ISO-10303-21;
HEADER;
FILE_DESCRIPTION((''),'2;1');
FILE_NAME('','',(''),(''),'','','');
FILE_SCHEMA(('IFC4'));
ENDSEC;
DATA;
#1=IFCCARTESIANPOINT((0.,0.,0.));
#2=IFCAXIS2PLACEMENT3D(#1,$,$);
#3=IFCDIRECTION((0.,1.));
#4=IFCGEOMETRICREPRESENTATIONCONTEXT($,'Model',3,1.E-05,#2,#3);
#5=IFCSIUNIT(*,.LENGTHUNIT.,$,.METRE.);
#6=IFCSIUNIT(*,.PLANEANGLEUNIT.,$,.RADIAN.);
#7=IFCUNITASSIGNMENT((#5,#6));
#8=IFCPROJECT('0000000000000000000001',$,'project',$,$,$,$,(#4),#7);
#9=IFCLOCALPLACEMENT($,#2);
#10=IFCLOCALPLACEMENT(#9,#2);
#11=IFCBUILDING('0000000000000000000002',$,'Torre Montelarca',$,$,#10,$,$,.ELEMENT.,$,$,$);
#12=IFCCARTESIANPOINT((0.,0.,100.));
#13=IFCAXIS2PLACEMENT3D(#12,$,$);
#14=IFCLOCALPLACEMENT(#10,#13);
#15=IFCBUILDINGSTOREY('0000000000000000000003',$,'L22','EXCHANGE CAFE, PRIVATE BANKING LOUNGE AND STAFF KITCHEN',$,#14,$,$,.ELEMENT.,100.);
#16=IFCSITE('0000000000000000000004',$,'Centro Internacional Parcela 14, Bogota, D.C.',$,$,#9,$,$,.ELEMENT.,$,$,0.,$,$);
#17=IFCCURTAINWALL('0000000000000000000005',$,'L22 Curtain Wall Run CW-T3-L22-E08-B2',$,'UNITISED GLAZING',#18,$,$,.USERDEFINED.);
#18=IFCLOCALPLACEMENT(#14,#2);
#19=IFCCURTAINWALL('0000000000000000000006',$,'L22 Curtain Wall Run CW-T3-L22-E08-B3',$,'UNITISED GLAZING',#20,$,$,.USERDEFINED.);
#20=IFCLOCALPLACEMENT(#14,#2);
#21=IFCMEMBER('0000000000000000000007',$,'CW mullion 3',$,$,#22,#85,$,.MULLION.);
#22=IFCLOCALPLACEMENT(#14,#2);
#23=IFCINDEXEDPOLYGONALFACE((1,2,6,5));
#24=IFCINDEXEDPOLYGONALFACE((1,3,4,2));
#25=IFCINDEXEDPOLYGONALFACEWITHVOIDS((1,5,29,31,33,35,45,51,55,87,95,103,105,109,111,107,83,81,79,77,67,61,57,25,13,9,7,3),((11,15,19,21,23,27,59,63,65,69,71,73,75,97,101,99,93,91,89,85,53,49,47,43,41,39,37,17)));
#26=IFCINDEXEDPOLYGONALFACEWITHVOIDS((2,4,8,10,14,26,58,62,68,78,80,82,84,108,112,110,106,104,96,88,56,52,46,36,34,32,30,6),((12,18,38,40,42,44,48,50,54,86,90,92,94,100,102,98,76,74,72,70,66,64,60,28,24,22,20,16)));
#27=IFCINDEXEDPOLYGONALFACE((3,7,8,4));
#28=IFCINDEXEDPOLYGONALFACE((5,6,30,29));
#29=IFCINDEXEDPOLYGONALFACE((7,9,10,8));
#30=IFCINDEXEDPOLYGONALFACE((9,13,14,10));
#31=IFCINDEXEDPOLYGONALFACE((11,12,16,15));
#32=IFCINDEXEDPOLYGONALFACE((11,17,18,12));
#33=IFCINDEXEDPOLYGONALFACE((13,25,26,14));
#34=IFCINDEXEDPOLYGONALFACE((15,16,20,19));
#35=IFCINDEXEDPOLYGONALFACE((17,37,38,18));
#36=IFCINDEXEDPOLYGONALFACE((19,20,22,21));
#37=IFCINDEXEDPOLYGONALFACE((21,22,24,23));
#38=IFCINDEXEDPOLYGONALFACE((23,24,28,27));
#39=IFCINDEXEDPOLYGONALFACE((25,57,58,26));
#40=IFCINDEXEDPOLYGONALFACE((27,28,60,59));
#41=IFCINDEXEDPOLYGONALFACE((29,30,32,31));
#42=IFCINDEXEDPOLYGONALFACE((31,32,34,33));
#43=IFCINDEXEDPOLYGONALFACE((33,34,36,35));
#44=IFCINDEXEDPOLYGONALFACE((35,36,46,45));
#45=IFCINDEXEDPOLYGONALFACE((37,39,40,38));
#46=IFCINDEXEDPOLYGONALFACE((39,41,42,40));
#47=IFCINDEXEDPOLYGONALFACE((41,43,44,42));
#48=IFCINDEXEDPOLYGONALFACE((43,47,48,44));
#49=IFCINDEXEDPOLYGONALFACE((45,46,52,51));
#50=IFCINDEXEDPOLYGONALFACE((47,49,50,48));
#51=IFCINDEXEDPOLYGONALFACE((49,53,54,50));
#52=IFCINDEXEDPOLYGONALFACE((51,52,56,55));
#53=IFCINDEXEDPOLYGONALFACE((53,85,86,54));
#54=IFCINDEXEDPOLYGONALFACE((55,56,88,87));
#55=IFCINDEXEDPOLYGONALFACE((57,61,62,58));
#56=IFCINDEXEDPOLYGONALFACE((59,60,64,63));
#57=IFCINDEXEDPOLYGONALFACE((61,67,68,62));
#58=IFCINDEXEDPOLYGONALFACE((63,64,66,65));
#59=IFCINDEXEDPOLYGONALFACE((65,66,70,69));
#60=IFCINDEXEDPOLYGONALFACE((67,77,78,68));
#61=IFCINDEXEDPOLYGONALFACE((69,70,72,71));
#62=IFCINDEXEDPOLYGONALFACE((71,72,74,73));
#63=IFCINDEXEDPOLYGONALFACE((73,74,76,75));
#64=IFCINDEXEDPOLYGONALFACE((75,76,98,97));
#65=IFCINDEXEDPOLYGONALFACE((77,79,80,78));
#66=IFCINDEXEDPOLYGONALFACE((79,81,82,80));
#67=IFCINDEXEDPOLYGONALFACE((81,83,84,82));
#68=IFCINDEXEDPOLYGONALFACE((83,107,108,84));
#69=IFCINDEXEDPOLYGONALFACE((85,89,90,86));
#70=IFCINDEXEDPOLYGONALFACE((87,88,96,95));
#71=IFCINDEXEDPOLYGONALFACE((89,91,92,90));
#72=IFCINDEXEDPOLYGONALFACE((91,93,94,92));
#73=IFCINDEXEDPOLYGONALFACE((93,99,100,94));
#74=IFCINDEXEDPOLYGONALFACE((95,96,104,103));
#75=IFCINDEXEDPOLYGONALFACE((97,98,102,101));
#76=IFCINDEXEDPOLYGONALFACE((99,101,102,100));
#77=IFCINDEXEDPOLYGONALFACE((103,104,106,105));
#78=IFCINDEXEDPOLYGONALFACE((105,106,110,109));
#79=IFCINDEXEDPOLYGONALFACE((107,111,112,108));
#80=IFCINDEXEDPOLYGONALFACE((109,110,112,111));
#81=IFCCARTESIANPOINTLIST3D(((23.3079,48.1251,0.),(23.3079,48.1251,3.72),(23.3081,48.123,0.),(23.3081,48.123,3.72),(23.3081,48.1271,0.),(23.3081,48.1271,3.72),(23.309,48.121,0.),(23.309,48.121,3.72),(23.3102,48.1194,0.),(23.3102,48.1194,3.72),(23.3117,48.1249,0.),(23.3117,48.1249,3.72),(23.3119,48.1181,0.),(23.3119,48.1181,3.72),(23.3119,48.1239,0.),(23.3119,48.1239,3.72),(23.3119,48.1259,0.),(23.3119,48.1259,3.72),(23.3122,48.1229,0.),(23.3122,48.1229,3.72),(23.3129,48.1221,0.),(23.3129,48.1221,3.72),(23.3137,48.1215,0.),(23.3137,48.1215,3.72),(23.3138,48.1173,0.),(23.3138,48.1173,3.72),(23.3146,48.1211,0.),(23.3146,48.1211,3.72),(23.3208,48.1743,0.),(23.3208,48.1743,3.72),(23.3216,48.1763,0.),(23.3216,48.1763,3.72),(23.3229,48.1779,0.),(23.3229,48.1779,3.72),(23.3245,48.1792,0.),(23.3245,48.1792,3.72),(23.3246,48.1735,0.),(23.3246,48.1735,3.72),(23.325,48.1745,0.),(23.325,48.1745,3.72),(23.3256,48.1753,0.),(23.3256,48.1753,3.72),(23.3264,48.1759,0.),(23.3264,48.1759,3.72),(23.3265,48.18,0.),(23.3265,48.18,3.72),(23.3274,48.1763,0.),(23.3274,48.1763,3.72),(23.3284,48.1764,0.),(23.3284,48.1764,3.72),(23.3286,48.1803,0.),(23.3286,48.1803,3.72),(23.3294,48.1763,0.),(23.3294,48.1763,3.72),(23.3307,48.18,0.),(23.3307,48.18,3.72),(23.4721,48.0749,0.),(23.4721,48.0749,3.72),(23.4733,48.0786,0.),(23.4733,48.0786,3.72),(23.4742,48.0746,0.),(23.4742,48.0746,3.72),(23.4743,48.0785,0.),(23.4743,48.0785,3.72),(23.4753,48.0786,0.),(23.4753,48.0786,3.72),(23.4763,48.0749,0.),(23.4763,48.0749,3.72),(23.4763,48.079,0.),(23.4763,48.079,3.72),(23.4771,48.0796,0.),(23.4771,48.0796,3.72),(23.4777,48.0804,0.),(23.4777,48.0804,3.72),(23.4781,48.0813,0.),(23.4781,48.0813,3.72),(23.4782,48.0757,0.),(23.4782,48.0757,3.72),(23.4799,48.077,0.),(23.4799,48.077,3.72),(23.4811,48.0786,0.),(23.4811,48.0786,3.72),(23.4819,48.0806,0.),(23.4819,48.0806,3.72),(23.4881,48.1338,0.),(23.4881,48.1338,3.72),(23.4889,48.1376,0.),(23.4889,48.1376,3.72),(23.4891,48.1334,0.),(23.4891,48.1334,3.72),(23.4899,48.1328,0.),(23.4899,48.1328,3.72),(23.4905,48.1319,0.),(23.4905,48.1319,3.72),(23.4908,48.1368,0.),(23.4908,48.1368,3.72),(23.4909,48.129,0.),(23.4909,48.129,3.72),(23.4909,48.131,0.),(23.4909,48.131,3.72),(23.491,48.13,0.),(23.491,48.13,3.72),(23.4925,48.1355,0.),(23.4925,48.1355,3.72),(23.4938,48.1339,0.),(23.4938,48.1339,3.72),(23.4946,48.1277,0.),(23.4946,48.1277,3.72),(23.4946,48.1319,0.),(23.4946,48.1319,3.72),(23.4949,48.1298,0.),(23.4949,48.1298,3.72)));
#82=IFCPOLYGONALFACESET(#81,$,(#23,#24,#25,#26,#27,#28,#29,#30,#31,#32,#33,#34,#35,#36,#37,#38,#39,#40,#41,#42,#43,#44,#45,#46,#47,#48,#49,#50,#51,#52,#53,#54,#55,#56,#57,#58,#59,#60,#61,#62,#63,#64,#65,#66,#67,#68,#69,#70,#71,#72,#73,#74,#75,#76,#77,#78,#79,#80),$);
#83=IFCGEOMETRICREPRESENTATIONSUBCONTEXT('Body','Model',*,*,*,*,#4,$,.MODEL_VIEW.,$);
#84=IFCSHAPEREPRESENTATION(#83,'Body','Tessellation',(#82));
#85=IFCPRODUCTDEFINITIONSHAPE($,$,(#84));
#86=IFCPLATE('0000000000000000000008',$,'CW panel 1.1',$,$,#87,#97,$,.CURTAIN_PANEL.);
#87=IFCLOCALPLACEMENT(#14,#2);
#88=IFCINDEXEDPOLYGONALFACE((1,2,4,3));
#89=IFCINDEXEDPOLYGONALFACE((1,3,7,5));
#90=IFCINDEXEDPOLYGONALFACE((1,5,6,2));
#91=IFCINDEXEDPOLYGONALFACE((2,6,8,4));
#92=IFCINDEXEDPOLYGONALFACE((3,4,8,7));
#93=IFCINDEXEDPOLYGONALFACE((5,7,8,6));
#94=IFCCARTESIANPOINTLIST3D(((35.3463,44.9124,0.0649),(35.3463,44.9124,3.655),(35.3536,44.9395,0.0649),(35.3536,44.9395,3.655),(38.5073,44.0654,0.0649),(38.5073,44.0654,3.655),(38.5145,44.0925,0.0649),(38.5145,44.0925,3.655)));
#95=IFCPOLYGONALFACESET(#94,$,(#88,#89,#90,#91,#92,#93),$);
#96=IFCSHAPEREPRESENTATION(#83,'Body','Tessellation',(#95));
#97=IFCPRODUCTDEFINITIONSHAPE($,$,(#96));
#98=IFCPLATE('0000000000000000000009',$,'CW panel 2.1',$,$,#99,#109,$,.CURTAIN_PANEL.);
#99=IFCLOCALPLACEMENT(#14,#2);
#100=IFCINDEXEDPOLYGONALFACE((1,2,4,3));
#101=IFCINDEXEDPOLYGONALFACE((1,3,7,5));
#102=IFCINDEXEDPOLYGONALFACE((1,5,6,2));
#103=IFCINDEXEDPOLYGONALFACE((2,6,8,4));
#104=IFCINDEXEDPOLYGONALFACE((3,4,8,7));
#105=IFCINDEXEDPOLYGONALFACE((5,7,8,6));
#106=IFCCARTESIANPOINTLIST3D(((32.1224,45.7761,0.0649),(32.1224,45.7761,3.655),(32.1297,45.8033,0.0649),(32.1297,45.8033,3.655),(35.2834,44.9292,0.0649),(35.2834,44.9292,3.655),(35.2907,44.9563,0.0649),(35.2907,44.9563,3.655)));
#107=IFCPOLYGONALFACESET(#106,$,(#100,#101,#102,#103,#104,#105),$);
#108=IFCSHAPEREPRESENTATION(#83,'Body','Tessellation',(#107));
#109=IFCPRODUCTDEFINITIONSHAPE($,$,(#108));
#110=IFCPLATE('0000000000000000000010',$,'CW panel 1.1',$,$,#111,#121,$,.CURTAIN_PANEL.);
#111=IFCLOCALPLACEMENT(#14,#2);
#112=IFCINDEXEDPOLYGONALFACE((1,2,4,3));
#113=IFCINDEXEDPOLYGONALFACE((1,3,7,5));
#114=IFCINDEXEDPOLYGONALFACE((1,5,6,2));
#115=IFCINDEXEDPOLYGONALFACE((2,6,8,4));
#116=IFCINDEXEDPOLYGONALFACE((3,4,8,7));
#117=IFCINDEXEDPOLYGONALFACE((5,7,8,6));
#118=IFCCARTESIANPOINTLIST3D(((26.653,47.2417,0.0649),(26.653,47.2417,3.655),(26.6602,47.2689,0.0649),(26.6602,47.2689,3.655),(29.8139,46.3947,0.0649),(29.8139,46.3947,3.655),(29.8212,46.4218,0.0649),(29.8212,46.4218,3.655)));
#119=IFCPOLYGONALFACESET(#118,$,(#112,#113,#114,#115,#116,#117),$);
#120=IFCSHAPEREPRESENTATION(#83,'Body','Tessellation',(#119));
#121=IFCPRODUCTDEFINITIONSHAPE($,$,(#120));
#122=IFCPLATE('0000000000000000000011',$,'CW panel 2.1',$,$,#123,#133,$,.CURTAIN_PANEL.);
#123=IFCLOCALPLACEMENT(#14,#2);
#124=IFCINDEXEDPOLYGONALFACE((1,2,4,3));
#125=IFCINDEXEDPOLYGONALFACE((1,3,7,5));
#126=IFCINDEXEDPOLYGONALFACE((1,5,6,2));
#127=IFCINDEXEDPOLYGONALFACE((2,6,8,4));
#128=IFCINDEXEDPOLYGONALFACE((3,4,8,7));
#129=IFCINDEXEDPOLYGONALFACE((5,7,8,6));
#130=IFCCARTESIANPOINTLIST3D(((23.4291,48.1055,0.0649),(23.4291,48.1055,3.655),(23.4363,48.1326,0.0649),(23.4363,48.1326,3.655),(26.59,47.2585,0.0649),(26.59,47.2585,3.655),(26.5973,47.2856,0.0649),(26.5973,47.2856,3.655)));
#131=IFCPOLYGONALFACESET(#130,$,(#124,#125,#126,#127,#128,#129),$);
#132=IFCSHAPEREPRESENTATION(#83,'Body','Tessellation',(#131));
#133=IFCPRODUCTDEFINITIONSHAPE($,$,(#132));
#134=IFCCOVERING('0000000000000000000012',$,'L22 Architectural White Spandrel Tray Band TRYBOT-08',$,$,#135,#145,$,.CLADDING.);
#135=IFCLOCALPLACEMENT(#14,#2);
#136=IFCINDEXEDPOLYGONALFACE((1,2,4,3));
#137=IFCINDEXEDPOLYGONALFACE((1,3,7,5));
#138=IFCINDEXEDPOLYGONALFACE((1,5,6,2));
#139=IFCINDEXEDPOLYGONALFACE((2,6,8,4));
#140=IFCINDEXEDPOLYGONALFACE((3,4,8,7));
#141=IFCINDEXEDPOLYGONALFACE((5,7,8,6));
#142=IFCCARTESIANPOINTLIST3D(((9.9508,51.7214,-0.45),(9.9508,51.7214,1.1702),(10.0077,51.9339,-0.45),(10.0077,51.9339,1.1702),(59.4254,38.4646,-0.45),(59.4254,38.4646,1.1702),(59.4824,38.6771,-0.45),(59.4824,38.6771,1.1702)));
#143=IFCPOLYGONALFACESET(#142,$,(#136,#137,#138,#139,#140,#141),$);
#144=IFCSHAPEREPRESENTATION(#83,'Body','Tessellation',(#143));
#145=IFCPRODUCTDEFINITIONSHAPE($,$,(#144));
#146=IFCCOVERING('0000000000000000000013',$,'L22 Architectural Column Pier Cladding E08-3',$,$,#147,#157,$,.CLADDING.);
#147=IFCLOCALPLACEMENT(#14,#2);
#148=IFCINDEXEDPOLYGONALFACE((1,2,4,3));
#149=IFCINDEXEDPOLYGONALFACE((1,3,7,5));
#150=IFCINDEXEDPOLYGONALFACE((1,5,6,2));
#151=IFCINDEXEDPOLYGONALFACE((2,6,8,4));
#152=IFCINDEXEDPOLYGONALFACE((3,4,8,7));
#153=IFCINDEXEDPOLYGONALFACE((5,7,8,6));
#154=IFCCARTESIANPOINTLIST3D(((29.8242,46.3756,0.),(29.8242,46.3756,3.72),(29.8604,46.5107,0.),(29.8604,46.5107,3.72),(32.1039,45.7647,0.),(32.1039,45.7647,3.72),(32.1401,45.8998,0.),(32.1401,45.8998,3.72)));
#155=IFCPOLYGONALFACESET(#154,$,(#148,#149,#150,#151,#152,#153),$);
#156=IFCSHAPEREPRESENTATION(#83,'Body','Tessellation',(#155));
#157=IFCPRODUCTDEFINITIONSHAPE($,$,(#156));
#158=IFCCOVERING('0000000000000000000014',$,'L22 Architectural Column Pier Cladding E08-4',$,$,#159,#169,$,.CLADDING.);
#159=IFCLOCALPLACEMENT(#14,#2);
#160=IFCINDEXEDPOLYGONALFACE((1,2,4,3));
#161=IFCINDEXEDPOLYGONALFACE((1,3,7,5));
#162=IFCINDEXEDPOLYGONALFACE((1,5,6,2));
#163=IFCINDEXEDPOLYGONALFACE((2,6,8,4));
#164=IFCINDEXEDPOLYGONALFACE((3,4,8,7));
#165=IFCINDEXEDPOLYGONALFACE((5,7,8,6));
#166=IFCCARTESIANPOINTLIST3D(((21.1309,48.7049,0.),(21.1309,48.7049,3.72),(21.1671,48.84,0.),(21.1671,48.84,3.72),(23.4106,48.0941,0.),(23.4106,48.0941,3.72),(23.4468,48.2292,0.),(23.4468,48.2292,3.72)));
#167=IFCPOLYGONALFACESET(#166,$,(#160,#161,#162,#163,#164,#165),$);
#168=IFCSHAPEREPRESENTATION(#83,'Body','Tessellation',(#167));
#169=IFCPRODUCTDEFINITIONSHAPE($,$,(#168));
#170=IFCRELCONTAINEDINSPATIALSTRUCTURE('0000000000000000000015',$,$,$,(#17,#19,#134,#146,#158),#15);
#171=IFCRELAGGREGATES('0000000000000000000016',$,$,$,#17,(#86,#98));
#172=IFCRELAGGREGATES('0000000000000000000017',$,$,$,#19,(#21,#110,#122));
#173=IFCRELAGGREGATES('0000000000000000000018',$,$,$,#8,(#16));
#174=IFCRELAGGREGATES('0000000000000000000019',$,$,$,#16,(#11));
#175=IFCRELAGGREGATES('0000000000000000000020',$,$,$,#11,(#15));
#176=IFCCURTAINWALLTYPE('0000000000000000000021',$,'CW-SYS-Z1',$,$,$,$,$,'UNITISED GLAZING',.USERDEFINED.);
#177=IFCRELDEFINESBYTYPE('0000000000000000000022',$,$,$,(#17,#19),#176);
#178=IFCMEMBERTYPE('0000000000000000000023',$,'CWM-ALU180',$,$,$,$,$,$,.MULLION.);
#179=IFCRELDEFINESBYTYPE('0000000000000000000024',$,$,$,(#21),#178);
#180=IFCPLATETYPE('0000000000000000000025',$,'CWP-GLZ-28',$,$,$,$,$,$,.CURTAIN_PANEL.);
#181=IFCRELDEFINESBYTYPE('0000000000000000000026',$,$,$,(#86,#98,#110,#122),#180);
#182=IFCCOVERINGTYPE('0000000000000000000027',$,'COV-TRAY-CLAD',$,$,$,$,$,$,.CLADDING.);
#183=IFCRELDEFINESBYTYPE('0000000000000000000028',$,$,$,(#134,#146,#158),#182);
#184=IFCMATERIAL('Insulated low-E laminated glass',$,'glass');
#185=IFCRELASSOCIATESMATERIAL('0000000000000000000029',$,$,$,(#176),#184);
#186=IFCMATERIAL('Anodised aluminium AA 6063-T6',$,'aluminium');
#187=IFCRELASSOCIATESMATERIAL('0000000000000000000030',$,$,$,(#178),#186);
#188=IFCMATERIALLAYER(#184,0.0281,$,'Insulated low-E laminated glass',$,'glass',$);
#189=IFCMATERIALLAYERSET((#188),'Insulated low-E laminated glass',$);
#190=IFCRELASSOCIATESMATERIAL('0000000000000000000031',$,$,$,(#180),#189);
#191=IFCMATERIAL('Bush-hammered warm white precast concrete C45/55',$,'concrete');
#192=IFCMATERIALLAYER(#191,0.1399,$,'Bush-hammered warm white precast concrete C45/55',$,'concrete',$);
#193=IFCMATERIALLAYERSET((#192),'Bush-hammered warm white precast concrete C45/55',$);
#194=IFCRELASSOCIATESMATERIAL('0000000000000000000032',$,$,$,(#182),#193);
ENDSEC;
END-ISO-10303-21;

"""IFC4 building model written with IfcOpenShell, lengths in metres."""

from ifc_helpers import new_model, si_unit, direction, frame, origin, origin_2d, place, context, subcontext, project, spatial, rectangle, hollow_rectangle, extrude, source, transform, mapped, material, layer, layer_set, material_profile, profile_set, type_object, element, aggregate, save


model = new_model("IFC4")

# Units and contexts
model_context = context("Model", 3, precision=1e-05, world=origin(), true_north=direction((0.0, 1.0)))
body_context = subcontext(model_context, "Body", "Model", "MODEL_VIEW")
ifc_project = project(units=[si_unit("LENGTHUNIT", "METRE"), si_unit("PLANEANGLEUNIT", "RADIAN")], contexts=[model_context])

# Site, building, storey
site_placement = place(None, origin())
site = spatial("IfcSite", under=ifc_project, at=site_placement, Name="Centro Internacional Parcela 14, Bogota, D.C.", CompositionType="ELEMENT", RefElevation=0.0)
building_placement = place(site_placement, origin())
building = spatial("IfcBuilding", under=site, at=building_placement, Name="Torre Montelarca", CompositionType="ELEMENT")
storey_placement = place(building_placement, frame((0.0, 0.0, 100.0)))
storey = spatial("IfcBuildingStorey", under=building, at=storey_placement, Name="L22", Description="EXCHANGE CAFE, PRIVATE BANKING LOUNGE AND STAFF KITCHEN", CompositionType="ELEMENT", Elevation=100.0)

# Curtain walls
ifc_material_1 = material(Name="Insulated low-E laminated glass", Category="glass")
curtain_wall_type = type_object("IfcCurtainWallType", Name="CW-SYS-Z1", ElementType="UNITISED GLAZING", PredefinedType="USERDEFINED", material=ifc_material_1)
curtain_wall_1_placement = place(storey_placement, origin())
curtain_wall_1 = element("IfcCurtainWall", 1, at=curtain_wall_1_placement, inside=storey, type_object=curtain_wall_type, Name="L22 Curtain Wall Run CW-T3-L22-E08-B2", ObjectType="UNITISED GLAZING", PredefinedType="USERDEFINED")
ifc_material_2 = material(Name="Anodised aluminium AA 6063-T6", Category="aluminium")
curtain_wall_2_placement = place(storey_placement, origin())
curtain_wall_2 = element("IfcCurtainWall", 2, at=curtain_wall_2_placement, inside=storey, type_object=curtain_wall_type, Name="L22 Curtain Wall Run CW-T3-L22-E08-B3", ObjectType="UNITISED GLAZING", PredefinedType="USERDEFINED")

# Member
ifc_material_profile_1 = material_profile(ifc_material_2, hollow_rectangle(XDim=0.0649, YDim=0.1799, WallThickness=0.0039, InnerFilletRadius=0.0039, OuterFilletRadius=0.0081, at=origin_2d()), Name="ALU65X180X4", Category="aluminium")
ifc_profile_set_1 = profile_set([ifc_material_profile_1], Name="Anodised aluminium AA 6063-T6")
member_type_1 = type_object("IfcMemberType", Name="CWM-ALU180", PredefinedType="MULLION", material=ifc_profile_set_1)
shared_shape_1 = source(origin(), body_context, "Body", "SweptSolid", [
    extrude(hollow_rectangle(XDim=0.0649, YDim=0.1799, WallThickness=0.0039, InnerFilletRadius=0.0039, OuterFilletRadius=0.0081, at=origin_2d()), origin(), (0.0, 0.0, 1.0), 3.72),
])
member_1_placement = place(storey_placement, frame((23.4014, 48.1274, 0.0), z_axis=(0.0, 0.0, 1.0), x_axis=(-0.258829, -0.965923, 0.0)))
member_1 = element("IfcMember", 3, at=member_1_placement, type_object=member_type_1, Name="CW mullion 3", PredefinedType="MULLION", context=body_context, shape_type="MappedRepresentation", body=[
    mapped(shared_shape_1, transform((0.0, 0.0, 0.0), scale=1.0)),
])

# Plates
ifc_layer_1 = layer(ifc_material_1, 0.0281, Name="Insulated low-E laminated glass", Category="glass")
ifc_layer_set_1 = layer_set([ifc_layer_1], Name="Insulated low-E laminated glass")
plate_type = type_object("IfcPlateType", Name="CWP-GLZ-28", PredefinedType="CURTAIN_PANEL", material=ifc_layer_set_1)
shared_shape_2 = source(origin(), body_context, "Body", "SweptSolid", [
    extrude(rectangle(XDim=3.2725, YDim=0.0281, at=origin_2d()), origin(), (0.0, 0.0, 1.0), 3.5901),
])
plate_1_placement = place(storey_placement, frame((36.9304, 44.5024, 0.0649), z_axis=(0.0, 0.0, 1.0), x_axis=(-0.965927, 0.258815, 0.0)))
plate_1 = element("IfcPlate", 4, at=plate_1_placement, type_object=plate_type, Name="CW panel 1.1", PredefinedType="CURTAIN_PANEL", context=body_context, shape_type="MappedRepresentation", body=[
    mapped(shared_shape_2, transform((0.0, 0.0, 0.0), scale=1.0)),
])
plate_2_placement = place(storey_placement, frame((33.7065, 45.3662, 0.0649), z_axis=(0.0, 0.0, 1.0), x_axis=(-0.965927, 0.258815, 0.0)))
plate_2 = element("IfcPlate", 5, at=plate_2_placement, type_object=plate_type, Name="CW panel 2.1", PredefinedType="CURTAIN_PANEL", context=body_context, shape_type="MappedRepresentation", body=[
    mapped(shared_shape_2, transform((0.0, 0.0, 0.0), scale=1.0)),
])
aggregate(curtain_wall_1, [plate_1, plate_2])
plate_3_placement = place(storey_placement, frame((28.2371, 46.8318, 0.0649), z_axis=(0.0, 0.0, 1.0), x_axis=(-0.965923, 0.258829, 0.0)))
plate_3 = element("IfcPlate", 6, at=plate_3_placement, type_object=plate_type, Name="CW panel 1.1", PredefinedType="CURTAIN_PANEL", context=body_context, shape_type="MappedRepresentation", body=[
    mapped(shared_shape_2, transform((0.0, 0.0, 0.0), scale=1.0)),
])
plate_4_placement = place(storey_placement, frame((25.0132, 47.6956, 0.0649), z_axis=(0.0, 0.0, 1.0), x_axis=(-0.965923, 0.258829, 0.0)))
plate_4 = element("IfcPlate", 7, at=plate_4_placement, type_object=plate_type, Name="CW panel 2.1", PredefinedType="CURTAIN_PANEL", context=body_context, shape_type="MappedRepresentation", body=[
    mapped(shared_shape_2, transform((0.0, 0.0, 0.0), scale=1.0)),
])
aggregate(curtain_wall_2, [member_1, plate_3, plate_4])

# Coverings
ifc_material_3 = material(Name="Bush-hammered warm white precast concrete C45/55", Category="concrete")
ifc_layer_2 = layer(ifc_material_3, 0.1399, Name="Bush-hammered warm white precast concrete C45/55", Category="concrete")
ifc_layer_set_2 = layer_set([ifc_layer_2], Name="Bush-hammered warm white precast concrete C45/55")
covering_type = type_object("IfcCoveringType", Name="COV-TRAY-CLAD", PredefinedType="CLADDING", material=ifc_layer_set_2)
shared_shape_3 = source(origin(), body_context, "Body", "SweptSolid", [
    extrude(rectangle(XDim=51.22, YDim=0.22, at=origin_2d()), origin(), (0.0, 0.0, 1.0), 1.6201),
])
covering_placement = place(storey_placement, frame((34.7166, 45.1992, -0.45), z_axis=(0.0, 0.0, 1.0), x_axis=(-0.965925, 0.258821, 0.0)))
element("IfcCovering", 8, at=covering_placement, inside=storey, type_object=covering_type, Name="L22 Architectural White Spandrel Tray Band TRYBOT-08", PredefinedType="CLADDING", context=body_context, shape_type="MappedRepresentation", body=[
    mapped(shared_shape_3, transform((0.0, 0.0, 0.0), scale=1.0)),
])
shared_shape_4 = source(origin(), body_context, "Body", "SweptSolid", [
    extrude(rectangle(XDim=2.3601, YDim=0.1399, at=origin_2d()), origin(), (0.0, 0.0, 1.0), 3.72),
])
for number, where, z_axis, x_axis, name in (
    (9, (30.9822, 46.1377, 0.0), (0.0, 0.0, 1.0), (-0.965925, 0.258821, 0.0), "L22 Architectural Column Pier Cladding E08-3"),
    (10, (22.2888, 48.467, 0.0), (0.0, 0.0, 1.0), (-0.965925, 0.258821, 0.0), "L22 Architectural Column Pier Cladding E08-4"),
):
    element("IfcCovering", number, at=place(storey_placement, frame(where, z_axis=z_axis, x_axis=x_axis)), inside=storey, type_object=covering_type, Name=name, PredefinedType="CLADDING", context=body_context, shape_type="MappedRepresentation", body=[
        mapped(shared_shape_4, transform((0.0, 0.0, 0.0), scale=1.0)),
    ])

save(model, "model.ifc")
